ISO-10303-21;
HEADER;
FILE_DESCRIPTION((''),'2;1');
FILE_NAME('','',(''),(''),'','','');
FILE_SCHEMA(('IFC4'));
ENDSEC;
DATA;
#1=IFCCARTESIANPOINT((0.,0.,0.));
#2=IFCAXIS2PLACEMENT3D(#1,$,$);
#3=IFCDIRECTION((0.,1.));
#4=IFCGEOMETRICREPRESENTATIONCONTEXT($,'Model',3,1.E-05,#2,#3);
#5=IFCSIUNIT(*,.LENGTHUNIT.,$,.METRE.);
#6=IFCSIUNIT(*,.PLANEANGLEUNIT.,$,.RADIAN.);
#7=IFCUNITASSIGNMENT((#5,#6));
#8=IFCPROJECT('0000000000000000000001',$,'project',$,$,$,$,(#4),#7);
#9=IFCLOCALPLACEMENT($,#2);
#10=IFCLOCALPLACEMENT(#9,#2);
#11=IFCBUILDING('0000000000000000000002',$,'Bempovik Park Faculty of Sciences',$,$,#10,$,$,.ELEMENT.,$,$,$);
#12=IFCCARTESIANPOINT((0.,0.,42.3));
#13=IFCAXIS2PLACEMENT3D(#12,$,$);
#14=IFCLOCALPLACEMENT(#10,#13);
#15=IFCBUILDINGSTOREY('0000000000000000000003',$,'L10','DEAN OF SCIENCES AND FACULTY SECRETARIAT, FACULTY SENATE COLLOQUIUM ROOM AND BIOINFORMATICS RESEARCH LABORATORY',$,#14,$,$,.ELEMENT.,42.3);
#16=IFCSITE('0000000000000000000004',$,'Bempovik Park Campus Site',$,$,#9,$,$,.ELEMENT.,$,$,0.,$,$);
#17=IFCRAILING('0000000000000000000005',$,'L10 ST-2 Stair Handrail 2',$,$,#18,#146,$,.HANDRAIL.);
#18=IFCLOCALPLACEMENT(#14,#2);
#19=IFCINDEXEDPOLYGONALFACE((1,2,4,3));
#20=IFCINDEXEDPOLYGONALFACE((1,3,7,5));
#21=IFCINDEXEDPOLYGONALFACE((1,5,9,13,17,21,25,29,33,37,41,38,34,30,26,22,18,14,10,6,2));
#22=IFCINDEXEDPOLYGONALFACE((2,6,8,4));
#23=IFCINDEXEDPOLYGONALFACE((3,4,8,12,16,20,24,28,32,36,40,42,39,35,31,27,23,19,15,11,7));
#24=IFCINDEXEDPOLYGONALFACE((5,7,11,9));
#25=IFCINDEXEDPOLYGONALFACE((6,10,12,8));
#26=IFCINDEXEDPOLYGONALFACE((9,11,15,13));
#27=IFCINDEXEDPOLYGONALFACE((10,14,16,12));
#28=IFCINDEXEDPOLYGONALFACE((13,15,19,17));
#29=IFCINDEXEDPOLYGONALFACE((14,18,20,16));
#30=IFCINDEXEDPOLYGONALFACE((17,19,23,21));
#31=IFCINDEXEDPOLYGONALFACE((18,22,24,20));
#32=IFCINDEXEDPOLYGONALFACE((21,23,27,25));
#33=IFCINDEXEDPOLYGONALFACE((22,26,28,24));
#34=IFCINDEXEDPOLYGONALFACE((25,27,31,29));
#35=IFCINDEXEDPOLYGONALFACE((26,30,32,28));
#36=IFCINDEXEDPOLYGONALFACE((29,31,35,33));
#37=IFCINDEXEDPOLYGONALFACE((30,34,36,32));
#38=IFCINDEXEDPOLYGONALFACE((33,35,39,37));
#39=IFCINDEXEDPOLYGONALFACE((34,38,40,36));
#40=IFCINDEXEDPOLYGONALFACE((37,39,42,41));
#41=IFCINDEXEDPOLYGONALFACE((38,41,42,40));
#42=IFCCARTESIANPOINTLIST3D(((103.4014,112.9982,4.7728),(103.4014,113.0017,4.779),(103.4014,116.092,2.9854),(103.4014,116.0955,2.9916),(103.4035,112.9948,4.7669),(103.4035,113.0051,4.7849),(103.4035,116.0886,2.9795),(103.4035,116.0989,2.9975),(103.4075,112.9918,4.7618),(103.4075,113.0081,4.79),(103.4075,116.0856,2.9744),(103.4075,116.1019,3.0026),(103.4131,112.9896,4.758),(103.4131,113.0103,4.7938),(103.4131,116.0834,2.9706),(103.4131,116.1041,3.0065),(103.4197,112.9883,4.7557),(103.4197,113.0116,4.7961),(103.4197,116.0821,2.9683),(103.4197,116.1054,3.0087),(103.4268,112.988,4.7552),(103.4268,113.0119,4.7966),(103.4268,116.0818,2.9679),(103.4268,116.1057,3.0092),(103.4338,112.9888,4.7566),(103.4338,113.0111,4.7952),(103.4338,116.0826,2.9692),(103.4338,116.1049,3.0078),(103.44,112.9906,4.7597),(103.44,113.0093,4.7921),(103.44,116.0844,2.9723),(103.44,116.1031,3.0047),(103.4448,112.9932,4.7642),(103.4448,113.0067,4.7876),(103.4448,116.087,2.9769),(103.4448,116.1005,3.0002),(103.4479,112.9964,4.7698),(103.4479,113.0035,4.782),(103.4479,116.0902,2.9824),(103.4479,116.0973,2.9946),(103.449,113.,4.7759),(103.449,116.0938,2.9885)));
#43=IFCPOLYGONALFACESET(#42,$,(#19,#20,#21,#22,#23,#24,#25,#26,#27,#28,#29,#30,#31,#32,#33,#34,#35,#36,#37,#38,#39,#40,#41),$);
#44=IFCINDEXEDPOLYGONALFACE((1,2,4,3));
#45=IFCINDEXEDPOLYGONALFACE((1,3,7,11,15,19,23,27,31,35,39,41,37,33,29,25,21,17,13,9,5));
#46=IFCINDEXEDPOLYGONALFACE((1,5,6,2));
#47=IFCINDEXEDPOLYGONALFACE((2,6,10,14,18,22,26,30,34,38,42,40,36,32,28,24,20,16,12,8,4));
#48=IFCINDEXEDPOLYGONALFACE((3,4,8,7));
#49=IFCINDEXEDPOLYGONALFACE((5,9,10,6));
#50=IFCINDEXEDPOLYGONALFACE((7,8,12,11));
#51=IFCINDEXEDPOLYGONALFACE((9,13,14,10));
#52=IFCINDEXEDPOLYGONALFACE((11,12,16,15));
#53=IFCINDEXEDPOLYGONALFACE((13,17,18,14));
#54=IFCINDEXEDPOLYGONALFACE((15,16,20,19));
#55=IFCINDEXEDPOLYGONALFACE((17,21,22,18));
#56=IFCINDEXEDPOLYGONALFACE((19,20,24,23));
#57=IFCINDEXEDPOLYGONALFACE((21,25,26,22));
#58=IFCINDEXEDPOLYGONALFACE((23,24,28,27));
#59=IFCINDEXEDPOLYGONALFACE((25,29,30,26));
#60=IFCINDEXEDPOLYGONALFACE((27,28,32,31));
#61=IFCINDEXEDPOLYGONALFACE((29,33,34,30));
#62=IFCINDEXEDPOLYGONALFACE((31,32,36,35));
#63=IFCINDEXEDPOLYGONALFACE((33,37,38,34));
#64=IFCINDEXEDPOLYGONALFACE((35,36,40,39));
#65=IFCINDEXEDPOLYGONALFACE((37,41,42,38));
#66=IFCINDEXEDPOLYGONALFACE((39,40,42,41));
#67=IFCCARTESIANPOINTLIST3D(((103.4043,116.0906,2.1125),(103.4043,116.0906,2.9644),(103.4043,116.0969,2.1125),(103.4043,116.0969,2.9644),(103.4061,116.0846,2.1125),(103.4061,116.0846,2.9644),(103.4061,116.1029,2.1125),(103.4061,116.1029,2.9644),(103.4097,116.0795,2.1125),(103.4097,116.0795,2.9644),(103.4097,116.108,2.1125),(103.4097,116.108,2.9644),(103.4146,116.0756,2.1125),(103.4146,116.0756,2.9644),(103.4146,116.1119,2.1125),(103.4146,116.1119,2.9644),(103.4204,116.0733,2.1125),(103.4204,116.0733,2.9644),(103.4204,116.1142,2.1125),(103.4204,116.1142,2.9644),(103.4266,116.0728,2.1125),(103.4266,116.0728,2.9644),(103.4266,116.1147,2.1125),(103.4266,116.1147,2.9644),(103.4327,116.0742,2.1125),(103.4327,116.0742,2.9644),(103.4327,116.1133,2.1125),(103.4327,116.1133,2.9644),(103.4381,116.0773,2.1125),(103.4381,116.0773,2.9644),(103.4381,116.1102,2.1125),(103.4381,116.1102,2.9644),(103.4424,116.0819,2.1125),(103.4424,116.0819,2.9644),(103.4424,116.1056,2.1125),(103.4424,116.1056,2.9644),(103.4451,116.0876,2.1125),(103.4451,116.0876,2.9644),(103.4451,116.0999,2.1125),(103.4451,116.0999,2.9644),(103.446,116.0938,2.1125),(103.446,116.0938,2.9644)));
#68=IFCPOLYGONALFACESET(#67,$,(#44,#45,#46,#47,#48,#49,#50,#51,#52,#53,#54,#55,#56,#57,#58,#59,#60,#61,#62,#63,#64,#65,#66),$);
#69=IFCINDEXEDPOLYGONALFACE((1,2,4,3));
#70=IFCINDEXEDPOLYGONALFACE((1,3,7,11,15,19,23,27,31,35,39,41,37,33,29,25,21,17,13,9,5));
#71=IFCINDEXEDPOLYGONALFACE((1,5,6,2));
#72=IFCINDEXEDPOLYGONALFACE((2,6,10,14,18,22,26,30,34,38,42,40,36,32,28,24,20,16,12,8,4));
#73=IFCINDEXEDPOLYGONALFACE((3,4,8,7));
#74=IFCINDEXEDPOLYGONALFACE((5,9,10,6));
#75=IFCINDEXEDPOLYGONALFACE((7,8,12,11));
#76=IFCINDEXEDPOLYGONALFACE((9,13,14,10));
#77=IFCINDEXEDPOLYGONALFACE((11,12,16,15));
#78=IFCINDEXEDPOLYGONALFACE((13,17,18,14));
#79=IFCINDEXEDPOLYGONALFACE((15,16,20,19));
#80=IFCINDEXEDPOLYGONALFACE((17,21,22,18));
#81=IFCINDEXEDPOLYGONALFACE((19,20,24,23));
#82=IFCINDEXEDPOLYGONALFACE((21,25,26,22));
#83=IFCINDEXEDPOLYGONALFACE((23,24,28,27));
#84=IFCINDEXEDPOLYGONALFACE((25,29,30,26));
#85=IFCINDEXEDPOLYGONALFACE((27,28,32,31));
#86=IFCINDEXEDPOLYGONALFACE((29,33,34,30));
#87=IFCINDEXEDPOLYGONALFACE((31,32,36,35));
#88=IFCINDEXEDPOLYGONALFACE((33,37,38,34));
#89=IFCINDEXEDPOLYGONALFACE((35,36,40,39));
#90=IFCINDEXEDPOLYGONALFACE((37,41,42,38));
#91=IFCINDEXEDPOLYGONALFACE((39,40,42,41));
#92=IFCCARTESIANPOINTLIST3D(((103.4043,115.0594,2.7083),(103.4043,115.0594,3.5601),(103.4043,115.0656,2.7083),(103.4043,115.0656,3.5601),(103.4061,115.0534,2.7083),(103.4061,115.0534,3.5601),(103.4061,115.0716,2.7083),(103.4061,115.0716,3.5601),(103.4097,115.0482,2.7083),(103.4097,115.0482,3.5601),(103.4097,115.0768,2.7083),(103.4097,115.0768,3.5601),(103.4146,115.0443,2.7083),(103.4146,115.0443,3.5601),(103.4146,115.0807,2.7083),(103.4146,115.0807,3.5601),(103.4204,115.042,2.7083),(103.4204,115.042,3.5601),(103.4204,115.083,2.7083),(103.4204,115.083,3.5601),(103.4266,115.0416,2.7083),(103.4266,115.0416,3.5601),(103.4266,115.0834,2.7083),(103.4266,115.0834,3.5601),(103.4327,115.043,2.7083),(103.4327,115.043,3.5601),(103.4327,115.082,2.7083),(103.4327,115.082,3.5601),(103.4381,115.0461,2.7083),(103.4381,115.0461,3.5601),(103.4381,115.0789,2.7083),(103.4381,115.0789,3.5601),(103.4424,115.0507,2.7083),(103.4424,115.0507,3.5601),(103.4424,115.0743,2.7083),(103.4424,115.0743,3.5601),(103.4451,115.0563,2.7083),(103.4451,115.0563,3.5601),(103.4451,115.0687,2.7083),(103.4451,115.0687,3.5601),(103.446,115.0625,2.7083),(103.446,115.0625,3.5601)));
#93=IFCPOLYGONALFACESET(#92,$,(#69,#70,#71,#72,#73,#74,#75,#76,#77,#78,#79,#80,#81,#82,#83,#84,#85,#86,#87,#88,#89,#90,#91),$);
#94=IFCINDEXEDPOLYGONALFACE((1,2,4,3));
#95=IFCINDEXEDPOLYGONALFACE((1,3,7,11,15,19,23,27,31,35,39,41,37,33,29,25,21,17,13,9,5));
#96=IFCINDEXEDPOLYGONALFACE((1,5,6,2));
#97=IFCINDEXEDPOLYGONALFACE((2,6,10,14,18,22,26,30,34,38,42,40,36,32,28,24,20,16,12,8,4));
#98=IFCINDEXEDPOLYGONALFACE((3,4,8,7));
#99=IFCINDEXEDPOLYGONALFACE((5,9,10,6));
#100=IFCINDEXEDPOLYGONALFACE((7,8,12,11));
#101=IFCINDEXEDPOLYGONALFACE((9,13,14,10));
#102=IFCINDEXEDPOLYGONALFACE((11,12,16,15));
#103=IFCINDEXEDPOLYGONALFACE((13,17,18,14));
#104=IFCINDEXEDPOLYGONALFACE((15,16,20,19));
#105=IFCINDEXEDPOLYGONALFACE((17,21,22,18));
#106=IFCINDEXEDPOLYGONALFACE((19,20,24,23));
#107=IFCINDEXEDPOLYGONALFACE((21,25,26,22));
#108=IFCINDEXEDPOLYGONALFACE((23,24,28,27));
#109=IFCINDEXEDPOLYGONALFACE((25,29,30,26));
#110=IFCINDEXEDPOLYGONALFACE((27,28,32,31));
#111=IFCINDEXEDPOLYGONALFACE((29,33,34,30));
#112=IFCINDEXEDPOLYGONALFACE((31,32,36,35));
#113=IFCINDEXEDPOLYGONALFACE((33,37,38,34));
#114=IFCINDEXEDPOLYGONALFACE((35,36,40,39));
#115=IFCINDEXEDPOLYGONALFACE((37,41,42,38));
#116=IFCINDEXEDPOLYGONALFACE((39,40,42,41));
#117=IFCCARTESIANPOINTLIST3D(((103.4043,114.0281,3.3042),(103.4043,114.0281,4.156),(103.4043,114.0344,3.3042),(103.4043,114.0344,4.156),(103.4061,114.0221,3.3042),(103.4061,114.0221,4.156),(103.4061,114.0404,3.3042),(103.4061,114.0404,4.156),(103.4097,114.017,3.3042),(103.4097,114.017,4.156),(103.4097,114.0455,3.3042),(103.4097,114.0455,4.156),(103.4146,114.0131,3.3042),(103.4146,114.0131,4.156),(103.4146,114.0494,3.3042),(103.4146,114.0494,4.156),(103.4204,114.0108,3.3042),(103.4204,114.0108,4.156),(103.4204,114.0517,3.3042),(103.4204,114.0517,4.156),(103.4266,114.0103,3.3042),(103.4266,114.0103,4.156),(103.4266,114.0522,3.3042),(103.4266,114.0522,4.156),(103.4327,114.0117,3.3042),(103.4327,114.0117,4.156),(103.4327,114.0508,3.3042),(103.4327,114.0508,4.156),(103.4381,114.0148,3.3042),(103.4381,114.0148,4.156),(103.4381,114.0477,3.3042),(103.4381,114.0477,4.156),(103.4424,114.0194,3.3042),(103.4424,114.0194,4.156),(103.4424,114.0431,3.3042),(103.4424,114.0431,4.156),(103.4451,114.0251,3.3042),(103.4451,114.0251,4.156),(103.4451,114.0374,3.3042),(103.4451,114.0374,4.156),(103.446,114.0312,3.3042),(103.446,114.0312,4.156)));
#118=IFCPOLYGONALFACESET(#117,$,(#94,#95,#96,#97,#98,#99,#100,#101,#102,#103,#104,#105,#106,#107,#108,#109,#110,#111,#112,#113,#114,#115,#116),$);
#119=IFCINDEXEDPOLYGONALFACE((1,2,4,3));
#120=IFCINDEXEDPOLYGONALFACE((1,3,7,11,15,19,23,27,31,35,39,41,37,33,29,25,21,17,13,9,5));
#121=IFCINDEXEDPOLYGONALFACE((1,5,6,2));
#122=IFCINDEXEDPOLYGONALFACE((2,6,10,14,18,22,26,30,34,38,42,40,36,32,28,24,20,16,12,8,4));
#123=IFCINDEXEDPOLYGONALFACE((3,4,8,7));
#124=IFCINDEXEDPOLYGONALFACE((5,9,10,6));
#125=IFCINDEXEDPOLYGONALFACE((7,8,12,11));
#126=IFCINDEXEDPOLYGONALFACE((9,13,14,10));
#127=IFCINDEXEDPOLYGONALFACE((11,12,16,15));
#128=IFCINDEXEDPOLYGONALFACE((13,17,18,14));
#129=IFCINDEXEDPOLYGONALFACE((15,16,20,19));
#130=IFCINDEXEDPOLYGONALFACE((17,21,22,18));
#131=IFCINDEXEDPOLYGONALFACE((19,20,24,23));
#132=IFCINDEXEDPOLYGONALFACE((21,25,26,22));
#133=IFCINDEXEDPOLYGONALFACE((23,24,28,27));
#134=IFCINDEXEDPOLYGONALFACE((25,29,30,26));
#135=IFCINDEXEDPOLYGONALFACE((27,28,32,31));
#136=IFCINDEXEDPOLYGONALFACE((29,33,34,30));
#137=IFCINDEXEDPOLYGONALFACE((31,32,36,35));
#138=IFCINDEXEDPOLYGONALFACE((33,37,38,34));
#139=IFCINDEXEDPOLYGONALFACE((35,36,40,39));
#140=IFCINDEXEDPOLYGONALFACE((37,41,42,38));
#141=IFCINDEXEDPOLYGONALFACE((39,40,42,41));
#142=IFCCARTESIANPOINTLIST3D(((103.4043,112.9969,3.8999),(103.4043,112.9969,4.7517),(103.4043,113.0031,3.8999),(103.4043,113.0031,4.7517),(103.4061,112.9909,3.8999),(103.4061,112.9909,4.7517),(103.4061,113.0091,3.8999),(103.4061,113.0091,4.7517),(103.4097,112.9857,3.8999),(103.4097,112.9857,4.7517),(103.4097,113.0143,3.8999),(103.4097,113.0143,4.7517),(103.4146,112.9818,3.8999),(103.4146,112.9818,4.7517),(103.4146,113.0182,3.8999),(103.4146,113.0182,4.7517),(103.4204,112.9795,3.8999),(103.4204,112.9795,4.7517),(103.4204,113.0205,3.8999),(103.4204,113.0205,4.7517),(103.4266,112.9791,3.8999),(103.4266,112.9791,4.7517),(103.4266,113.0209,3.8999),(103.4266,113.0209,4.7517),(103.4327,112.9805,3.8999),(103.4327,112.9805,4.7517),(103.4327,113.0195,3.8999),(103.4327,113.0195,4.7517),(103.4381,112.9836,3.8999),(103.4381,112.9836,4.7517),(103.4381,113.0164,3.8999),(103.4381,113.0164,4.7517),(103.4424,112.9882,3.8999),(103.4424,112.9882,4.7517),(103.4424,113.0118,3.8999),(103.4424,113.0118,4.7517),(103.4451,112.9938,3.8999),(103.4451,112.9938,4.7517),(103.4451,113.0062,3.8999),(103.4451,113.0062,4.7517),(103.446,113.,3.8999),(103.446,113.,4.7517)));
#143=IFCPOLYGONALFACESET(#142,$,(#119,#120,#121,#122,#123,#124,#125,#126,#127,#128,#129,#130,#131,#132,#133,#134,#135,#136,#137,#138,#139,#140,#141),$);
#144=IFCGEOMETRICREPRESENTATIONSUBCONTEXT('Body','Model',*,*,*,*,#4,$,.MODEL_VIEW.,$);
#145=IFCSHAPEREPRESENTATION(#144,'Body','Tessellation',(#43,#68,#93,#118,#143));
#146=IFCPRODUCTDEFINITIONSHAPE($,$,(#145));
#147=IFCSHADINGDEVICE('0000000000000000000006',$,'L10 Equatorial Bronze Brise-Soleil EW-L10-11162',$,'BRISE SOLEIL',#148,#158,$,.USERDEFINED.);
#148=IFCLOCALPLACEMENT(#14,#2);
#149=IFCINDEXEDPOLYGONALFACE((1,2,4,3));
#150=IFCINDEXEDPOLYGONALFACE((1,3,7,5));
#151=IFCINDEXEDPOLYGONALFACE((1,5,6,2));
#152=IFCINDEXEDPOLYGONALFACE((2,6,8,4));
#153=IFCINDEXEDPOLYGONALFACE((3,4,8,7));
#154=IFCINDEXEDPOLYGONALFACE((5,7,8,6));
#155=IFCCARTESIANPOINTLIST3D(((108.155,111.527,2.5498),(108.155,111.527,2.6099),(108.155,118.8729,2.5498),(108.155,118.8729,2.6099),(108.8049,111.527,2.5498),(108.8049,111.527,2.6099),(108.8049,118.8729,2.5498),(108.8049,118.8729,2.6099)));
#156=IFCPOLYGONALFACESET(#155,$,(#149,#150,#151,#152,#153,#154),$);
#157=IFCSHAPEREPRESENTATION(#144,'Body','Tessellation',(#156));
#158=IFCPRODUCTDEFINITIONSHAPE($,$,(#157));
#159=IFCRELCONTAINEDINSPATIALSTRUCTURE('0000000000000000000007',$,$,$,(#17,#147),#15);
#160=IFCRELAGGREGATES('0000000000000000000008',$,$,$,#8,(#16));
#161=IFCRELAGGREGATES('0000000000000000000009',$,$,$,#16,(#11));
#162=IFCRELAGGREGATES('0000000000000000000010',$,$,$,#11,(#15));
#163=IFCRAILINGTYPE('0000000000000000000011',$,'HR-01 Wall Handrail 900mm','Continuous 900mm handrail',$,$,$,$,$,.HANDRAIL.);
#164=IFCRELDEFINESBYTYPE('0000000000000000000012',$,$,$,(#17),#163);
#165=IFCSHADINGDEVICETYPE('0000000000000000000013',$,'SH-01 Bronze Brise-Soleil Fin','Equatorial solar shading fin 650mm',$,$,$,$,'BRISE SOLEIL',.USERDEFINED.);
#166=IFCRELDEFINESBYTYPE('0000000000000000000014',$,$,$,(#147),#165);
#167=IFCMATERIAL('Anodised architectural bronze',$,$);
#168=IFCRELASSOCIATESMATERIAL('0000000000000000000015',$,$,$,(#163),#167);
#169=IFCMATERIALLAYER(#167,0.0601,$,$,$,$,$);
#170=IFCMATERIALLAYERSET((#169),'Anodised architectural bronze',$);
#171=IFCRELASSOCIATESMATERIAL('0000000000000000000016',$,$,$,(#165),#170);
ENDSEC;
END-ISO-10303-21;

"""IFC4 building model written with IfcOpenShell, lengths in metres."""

from ifc_helpers import new_model, si_unit, direction, frame, origin, origin_2d, place, context, subcontext, project, spatial, rectangle, circle, extrude, material, layer, layer_set, type_object, element, save


model = new_model("IFC4")

# Units and contexts
model_context = context("Model", 3, precision=1e-05, world=origin(), true_north=direction((0.0, 1.0)))
body_context = subcontext(model_context, "Body", "Model", "MODEL_VIEW")
ifc_project = project(units=[si_unit("LENGTHUNIT", "METRE"), si_unit("PLANEANGLEUNIT", "RADIAN")], contexts=[model_context])

# Site, building, storey
site_placement = place(None, origin())
site = spatial("IfcSite", under=ifc_project, at=site_placement, Name="Bempovik Park Campus Site", CompositionType="ELEMENT", RefElevation=0.0)
building_placement = place(site_placement, origin())
building = spatial("IfcBuilding", under=site, at=building_placement, Name="Bempovik Park Faculty of Sciences", CompositionType="ELEMENT")
storey_placement = place(building_placement, frame((0.0, 0.0, 42.3)))
storey = spatial("IfcBuildingStorey", under=building, at=storey_placement, Name="L10", Description="DEAN OF SCIENCES AND FACULTY SECRETARIAT, FACULTY SENATE COLLOQUIUM ROOM AND BIOINFORMATICS RESEARCH LABORATORY", CompositionType="ELEMENT", Elevation=42.3)

# Railing
ifc_material_1 = material(Name="Anodised architectural bronze")
railing_type_1 = type_object("IfcRailingType", Name="HR-01 Wall Handrail 900mm", Description="Continuous 900mm handrail", PredefinedType="HANDRAIL", material=ifc_material_1)
railing_1_placement = place(storey_placement, frame((103.425, 116.0938, 2.1125)))
element("IfcRailing", 1, at=railing_1_placement, inside=storey, type_object=railing_type_1, Name="L10 ST-2 Stair Handrail 2", PredefinedType="HANDRAIL", context=body_context, shape_type="SweptSolid", body=[
    extrude(circle(Radius=0.0239, at=origin_2d()), frame((0.0, 0.0, 0.876), z_axis=(0.0, -0.865883, 0.500247), x_axis=(1.0, 0.0, 0.0)), (0.0, 0.0, 1.0), 3.573),
    extrude(circle(Radius=0.021, at=origin_2d()), origin(), (0.0, 0.0, 1.0), 0.8518),
    extrude(circle(Radius=0.021, at=origin_2d()), frame((0.0, -1.0312, 0.5957)), (0.0, 0.0, 1.0), 0.8518),
    extrude(circle(Radius=0.021, at=origin_2d()), frame((0.0, -2.0625, 1.1917)), (0.0, 0.0, 1.0), 0.8518),
    extrude(circle(Radius=0.021, at=origin_2d()), frame((0.0, -3.0938, 1.7874)), (0.0, 0.0, 1.0), 0.8518),
])

# Shading device
ifc_layer_1 = layer(ifc_material_1, 0.0601)
ifc_layer_set_1 = layer_set([ifc_layer_1], Name="Anodised architectural bronze")
shading_device_type = type_object("IfcShadingDeviceType", Name="SH-01 Bronze Brise-Soleil Fin", Description="Equatorial solar shading fin 650mm", ElementType="BRISE SOLEIL", PredefinedType="USERDEFINED", material=ifc_layer_set_1)
shading_device_placement = place(storey_placement, frame((108.48, 115.2, 2.5498), z_axis=(0.0, 0.0, 1.0), x_axis=(1.0, 0.0, 0.0)))
element("IfcShadingDevice", 2, at=shading_device_placement, inside=storey, type_object=shading_device_type, Name="L10 Equatorial Bronze Brise-Soleil EW-L10-11162", ObjectType="BRISE SOLEIL", PredefinedType="USERDEFINED", context=body_context, shape_type="SweptSolid", body=[
    extrude(rectangle(XDim=0.6499, YDim=7.3459, at=origin_2d()), origin(), (0.0, 0.0, 1.0), 0.0601),
])

save(model, "model.ifc")
